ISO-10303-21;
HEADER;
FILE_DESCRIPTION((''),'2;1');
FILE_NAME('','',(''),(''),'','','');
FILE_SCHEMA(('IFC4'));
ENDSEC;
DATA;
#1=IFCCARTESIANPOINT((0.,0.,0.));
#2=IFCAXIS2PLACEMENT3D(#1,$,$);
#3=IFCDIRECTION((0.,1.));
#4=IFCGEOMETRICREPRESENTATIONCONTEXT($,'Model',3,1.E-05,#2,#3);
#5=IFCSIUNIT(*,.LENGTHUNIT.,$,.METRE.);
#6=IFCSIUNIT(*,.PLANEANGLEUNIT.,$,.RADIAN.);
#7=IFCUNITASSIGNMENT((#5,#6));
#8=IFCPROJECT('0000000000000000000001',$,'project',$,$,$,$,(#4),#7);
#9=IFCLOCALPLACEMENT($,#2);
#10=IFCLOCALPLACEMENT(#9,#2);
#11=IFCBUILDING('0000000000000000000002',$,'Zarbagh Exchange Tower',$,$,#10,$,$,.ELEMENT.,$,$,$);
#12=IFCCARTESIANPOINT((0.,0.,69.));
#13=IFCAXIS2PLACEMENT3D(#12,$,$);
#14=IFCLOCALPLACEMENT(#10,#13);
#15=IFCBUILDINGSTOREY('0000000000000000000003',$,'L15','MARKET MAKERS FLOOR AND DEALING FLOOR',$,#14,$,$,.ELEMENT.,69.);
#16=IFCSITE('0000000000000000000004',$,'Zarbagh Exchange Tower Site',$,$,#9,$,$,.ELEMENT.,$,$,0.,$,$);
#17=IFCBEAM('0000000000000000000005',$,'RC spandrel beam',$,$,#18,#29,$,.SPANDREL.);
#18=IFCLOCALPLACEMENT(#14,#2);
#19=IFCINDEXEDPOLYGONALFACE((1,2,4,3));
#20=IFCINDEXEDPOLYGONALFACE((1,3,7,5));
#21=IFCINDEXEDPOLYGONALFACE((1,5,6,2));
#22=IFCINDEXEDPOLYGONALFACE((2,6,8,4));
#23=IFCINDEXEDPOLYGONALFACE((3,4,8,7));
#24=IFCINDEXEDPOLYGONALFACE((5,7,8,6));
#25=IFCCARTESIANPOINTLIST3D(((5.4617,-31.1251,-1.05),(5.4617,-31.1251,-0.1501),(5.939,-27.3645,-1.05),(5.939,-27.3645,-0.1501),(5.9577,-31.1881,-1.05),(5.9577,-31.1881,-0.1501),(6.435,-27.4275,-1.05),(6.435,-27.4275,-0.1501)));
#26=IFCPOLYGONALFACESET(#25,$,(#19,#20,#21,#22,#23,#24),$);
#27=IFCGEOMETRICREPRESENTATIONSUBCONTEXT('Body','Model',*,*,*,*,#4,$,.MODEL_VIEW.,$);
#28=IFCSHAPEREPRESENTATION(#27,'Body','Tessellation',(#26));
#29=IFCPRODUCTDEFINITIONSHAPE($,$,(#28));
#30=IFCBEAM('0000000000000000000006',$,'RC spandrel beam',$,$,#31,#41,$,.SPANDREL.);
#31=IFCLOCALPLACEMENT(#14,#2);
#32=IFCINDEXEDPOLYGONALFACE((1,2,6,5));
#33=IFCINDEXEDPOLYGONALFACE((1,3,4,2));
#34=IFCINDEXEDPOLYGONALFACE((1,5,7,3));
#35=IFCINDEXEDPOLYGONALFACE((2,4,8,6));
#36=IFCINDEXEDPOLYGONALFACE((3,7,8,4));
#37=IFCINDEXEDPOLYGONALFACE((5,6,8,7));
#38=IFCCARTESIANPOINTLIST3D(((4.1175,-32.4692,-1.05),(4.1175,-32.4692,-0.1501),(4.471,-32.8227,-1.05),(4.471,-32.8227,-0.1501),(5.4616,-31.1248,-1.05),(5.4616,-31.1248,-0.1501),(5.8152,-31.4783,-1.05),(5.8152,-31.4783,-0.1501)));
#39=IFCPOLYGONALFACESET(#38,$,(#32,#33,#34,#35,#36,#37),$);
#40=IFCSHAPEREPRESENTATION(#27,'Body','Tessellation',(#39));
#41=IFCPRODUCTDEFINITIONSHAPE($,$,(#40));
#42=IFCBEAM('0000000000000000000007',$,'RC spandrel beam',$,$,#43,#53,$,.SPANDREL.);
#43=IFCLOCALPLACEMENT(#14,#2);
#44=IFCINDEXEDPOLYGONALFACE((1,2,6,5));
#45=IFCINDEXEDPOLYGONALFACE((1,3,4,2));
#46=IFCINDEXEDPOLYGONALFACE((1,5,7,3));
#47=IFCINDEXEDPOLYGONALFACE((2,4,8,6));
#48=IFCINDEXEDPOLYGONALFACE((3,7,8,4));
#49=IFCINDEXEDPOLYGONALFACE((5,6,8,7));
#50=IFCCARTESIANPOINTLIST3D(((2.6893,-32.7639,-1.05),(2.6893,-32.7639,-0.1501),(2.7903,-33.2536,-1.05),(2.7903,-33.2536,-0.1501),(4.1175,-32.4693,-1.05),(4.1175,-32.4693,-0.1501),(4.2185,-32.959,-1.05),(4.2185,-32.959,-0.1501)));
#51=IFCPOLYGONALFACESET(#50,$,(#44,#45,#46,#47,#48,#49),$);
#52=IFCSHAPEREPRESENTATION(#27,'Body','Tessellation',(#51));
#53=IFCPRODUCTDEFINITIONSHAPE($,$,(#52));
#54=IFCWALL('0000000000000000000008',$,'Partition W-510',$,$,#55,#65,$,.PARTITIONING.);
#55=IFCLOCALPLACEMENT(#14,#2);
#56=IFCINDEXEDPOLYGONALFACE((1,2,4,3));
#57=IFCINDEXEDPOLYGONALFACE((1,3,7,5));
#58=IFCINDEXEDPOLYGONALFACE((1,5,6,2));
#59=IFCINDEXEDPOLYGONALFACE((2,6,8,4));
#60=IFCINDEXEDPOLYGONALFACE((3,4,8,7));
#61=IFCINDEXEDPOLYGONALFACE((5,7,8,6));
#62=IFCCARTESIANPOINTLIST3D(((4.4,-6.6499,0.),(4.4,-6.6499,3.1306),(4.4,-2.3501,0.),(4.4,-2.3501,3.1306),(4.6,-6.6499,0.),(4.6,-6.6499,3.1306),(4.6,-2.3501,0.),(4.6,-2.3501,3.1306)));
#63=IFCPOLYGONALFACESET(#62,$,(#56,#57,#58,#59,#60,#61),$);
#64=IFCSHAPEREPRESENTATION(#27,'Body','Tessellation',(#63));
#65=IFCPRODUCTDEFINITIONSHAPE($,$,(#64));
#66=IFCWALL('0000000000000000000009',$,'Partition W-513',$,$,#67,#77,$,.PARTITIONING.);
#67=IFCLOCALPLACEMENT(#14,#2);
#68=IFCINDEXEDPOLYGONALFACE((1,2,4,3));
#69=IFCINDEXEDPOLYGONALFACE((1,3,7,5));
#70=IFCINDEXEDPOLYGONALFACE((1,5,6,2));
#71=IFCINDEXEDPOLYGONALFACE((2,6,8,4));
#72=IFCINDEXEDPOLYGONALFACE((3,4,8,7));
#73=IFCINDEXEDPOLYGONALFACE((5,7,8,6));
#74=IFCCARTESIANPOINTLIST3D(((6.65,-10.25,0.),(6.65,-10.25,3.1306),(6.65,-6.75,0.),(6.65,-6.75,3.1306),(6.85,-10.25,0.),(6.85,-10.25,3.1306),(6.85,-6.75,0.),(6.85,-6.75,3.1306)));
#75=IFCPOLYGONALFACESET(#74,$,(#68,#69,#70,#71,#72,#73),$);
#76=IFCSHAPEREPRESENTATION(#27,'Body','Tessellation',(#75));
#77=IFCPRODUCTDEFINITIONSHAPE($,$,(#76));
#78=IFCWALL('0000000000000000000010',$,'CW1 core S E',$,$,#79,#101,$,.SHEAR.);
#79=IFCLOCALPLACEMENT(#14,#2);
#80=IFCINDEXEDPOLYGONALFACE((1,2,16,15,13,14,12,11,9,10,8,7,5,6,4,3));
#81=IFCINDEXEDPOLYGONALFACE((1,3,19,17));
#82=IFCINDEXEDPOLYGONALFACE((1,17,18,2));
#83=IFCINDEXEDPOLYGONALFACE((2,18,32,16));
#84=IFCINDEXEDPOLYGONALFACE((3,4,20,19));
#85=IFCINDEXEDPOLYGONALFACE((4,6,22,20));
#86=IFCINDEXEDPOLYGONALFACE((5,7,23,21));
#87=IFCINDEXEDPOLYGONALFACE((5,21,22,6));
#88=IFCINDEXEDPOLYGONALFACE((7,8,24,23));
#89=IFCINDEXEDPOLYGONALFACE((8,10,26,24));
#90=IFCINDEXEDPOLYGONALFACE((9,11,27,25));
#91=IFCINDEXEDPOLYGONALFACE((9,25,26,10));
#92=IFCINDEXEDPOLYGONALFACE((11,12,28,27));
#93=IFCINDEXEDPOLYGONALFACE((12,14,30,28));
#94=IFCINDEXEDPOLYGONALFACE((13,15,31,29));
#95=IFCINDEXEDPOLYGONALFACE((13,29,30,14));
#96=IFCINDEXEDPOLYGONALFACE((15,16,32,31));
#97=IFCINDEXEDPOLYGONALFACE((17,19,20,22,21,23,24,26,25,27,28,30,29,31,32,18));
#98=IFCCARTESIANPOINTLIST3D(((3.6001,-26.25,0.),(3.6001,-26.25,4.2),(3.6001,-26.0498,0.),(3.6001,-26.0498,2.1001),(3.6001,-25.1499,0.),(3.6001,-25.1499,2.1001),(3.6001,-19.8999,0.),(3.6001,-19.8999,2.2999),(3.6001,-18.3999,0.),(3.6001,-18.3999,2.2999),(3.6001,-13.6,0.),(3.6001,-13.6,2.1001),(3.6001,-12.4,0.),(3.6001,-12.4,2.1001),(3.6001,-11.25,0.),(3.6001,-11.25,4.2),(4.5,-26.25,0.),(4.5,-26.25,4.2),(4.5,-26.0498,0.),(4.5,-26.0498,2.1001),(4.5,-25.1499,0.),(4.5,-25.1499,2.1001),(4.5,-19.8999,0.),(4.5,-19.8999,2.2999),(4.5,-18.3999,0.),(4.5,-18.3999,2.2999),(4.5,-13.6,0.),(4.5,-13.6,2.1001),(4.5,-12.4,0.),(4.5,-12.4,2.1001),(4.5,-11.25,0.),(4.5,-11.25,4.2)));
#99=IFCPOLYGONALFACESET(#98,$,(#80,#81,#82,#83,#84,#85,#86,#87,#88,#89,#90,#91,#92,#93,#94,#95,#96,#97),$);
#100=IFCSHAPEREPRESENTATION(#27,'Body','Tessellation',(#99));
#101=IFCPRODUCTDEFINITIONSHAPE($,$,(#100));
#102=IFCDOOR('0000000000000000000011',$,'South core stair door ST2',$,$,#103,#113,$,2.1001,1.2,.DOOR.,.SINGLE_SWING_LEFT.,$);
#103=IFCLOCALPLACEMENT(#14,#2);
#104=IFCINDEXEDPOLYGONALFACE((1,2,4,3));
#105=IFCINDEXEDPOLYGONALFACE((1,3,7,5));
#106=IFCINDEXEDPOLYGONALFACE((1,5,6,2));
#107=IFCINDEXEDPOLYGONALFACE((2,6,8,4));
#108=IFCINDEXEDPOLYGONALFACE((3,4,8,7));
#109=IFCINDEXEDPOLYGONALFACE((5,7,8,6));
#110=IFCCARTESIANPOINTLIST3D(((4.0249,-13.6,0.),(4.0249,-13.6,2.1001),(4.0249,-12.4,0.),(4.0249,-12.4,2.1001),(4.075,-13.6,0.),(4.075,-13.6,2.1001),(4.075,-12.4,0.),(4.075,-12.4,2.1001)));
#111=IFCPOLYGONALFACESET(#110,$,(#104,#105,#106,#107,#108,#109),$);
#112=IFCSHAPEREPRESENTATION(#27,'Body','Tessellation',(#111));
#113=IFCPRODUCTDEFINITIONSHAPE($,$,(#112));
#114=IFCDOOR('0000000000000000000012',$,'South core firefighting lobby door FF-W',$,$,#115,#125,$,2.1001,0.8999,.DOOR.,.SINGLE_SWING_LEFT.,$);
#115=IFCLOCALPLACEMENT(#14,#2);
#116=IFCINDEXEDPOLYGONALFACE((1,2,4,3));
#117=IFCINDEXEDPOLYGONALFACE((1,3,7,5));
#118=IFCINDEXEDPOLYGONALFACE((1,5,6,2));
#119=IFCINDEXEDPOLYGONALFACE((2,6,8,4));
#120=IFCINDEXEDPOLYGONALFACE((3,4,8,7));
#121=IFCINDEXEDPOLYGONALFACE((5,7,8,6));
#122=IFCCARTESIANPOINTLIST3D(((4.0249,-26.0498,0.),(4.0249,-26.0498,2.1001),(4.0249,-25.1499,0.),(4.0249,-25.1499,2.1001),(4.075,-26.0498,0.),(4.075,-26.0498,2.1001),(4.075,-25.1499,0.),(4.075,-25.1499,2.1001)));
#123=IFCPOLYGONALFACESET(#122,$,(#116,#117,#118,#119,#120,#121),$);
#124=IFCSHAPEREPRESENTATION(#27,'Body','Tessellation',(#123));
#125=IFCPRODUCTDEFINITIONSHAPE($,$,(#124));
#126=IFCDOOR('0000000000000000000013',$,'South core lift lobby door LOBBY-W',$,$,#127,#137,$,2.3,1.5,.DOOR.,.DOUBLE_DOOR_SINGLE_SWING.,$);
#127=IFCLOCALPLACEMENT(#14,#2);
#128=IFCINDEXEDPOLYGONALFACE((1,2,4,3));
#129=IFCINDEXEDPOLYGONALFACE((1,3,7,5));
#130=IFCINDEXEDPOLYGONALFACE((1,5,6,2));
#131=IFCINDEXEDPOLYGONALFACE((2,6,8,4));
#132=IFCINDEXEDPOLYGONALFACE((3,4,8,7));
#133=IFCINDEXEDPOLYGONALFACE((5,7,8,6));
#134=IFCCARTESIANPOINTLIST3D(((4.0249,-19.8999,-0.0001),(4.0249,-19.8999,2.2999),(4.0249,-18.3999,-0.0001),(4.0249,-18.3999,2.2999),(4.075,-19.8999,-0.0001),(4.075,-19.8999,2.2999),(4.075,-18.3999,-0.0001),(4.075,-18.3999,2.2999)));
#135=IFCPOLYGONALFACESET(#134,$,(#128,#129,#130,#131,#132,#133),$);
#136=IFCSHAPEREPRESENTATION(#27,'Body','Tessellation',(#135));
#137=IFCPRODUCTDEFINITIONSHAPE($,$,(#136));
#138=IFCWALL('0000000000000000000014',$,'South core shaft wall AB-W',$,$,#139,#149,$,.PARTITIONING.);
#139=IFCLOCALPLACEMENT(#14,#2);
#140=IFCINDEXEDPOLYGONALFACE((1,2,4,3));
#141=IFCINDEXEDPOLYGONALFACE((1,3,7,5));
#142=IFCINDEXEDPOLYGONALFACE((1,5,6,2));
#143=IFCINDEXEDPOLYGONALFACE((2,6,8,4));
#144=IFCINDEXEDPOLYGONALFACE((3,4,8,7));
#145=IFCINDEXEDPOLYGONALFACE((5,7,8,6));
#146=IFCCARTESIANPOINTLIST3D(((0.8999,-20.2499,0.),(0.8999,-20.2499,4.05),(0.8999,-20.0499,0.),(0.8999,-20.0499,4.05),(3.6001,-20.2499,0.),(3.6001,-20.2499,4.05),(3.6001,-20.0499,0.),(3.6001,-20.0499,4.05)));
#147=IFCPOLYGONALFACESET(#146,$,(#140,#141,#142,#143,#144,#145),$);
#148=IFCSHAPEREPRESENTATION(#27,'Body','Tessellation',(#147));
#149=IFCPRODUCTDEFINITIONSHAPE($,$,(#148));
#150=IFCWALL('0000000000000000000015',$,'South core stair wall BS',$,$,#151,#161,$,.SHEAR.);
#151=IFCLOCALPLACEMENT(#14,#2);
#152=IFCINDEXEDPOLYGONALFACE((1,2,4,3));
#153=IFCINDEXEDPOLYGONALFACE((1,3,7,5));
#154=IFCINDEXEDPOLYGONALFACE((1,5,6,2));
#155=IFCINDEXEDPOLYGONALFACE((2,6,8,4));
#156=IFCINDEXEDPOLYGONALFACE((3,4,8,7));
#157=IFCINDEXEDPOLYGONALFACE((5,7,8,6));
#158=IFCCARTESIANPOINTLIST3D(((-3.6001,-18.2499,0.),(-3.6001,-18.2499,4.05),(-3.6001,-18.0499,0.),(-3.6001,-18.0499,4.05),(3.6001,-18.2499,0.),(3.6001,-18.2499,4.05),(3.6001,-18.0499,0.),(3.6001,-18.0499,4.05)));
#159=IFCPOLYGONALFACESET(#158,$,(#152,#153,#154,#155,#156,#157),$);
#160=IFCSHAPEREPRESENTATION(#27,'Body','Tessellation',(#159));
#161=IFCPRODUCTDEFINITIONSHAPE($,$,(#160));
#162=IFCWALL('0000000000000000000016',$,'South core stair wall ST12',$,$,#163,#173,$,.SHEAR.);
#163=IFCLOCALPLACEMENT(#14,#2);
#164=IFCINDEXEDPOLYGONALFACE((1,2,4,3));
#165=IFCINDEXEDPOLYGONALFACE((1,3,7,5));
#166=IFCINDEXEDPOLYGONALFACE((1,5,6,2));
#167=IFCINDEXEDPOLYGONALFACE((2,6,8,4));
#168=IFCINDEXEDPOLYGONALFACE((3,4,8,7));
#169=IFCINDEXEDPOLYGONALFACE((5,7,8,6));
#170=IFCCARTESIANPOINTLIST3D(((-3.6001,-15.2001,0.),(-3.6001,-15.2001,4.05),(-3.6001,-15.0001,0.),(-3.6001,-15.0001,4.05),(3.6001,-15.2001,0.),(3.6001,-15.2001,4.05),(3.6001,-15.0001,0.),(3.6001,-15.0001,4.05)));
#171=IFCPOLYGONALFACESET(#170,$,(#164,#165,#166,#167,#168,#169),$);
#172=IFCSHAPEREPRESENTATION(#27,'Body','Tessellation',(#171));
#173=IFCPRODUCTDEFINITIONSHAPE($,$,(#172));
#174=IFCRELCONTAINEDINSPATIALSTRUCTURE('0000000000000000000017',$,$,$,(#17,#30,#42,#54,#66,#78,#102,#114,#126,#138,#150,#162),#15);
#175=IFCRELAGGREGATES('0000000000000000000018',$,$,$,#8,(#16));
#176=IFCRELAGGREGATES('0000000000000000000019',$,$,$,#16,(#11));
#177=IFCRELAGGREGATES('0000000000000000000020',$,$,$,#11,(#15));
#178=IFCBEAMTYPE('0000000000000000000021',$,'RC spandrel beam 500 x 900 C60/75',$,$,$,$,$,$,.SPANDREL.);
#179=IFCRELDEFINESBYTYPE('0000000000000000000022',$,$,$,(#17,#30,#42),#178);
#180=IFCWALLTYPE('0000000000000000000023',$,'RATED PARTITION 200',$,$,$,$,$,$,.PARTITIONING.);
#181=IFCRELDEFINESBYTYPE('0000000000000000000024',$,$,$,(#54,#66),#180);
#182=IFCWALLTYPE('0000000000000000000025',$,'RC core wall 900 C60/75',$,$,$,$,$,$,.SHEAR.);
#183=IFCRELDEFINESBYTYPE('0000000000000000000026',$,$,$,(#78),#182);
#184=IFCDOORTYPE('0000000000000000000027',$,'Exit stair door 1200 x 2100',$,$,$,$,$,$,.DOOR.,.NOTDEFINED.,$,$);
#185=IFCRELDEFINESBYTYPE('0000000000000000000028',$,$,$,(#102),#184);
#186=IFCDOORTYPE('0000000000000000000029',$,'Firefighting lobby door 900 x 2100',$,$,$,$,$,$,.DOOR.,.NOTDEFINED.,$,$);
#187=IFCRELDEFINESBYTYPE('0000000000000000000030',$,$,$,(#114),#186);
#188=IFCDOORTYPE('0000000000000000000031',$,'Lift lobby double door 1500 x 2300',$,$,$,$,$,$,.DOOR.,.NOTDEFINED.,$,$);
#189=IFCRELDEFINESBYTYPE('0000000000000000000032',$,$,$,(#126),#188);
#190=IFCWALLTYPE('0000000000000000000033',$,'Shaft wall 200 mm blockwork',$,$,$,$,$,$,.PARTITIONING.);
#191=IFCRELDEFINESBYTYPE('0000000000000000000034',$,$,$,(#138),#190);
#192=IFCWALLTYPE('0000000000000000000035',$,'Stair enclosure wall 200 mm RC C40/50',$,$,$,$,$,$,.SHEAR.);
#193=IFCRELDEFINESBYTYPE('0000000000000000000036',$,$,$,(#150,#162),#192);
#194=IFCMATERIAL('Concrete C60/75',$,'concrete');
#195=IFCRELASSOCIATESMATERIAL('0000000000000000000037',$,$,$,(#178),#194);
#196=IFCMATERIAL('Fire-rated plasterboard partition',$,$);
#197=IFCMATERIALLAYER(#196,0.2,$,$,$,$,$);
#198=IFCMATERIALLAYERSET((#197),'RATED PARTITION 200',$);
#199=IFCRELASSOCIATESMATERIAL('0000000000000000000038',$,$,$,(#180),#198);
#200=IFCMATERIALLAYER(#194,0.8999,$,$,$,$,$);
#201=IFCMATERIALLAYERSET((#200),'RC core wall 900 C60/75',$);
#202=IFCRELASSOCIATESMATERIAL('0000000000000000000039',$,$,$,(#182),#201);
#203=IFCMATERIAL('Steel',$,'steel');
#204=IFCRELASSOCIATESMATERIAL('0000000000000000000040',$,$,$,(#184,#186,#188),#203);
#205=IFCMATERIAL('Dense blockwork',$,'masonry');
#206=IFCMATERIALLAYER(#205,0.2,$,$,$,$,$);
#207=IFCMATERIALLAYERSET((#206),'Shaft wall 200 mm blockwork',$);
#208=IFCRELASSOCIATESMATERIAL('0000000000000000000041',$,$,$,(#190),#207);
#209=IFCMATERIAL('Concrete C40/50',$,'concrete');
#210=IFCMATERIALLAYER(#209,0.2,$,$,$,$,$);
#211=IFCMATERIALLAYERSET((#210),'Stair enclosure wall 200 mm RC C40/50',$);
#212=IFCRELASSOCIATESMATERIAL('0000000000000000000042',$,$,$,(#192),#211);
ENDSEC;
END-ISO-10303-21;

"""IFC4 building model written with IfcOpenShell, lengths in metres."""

from ifc_helpers import new_model, si_unit, direction, frame, frame_2d, origin, origin_2d, place, context, subcontext, project, spatial, rectangle, extrude, material, layer, layer_set, material_profile, profile_set, type_object, element, fill, save


model = new_model("IFC4")

# Units and contexts
model_context = context("Model", 3, precision=1e-05, world=origin(), true_north=direction((0.0, 1.0)))
body_context = subcontext(model_context, "Body", "Model", "MODEL_VIEW")
ifc_project = project(units=[si_unit("LENGTHUNIT", "METRE"), si_unit("PLANEANGLEUNIT", "RADIAN")], contexts=[model_context])

# Site, building, storey
site_placement = place(None, origin())
site = spatial("IfcSite", under=ifc_project, at=site_placement, Name="Zarbagh Exchange Tower Site", CompositionType="ELEMENT", RefElevation=0.0)
building_placement = place(site_placement, origin())
building = spatial("IfcBuilding", under=site, at=building_placement, Name="Zarbagh Exchange Tower", CompositionType="ELEMENT")
storey_placement = place(building_placement, frame((0.0, 0.0, 69.0)))
storey = spatial("IfcBuildingStorey", under=building, at=storey_placement, Name="L15", Description="MARKET MAKERS FLOOR AND DEALING FLOOR", CompositionType="ELEMENT", Elevation=69.0)

# Shared definitions
ifc_material_1 = material(Name="Concrete C60/75", Category="concrete")

# Beams
ifc_material_profile_1 = material_profile(ifc_material_1, rectangle(XDim=0.5, YDim=0.8999, at=origin_2d()), Name="RC spandrel beam 500 x 900 C60/75")
ifc_profile_set_1 = profile_set([ifc_material_profile_1], Name="Concrete C60/75")
beam_type_1 = type_object("IfcBeamType", Name="RC spandrel beam 500 x 900 C60/75", PredefinedType="SPANDREL", material=ifc_profile_set_1)
beam_1_placement = place(storey_placement, frame((6.187, -27.396, -0.6001), z_axis=(-0.125913, -0.992041, 0.0), x_axis=(0.992041, -0.125913, 0.0)))
element("IfcBeam", 1, at=beam_1_placement, inside=storey, type_object=beam_type_1, Name="RC spandrel beam", PredefinedType="SPANDREL", context=body_context, shape_type="SweptSolid", body=[
    extrude(rectangle(XDim=0.5, YDim=0.8999, at=origin_2d()), origin(), (0.0, 0.0, 1.0), 3.7908),
])
beam_2_placement = place(storey_placement, frame((5.6384, -31.3015, -0.6001), z_axis=(-0.707043, -0.707171, 0.0), x_axis=(0.707171, -0.707043, 0.0)))
element("IfcBeam", 2, at=beam_2_placement, inside=storey, type_object=beam_type_1, Name="RC spandrel beam", PredefinedType="SPANDREL", context=body_context, shape_type="SweptSolid", body=[
    extrude(rectangle(XDim=0.5, YDim=0.8999, at=origin_2d()), origin(), (0.0, 0.0, 1.0), 1.9011),
])
beam_3_placement = place(storey_placement, frame((4.168, -32.7141, -0.6001), z_axis=(-0.979371, -0.202069, 0.0), x_axis=(0.202069, -0.979371, 0.0)))
element("IfcBeam", 3, at=beam_3_placement, inside=storey, type_object=beam_type_1, Name="RC spandrel beam", PredefinedType="SPANDREL", context=body_context, shape_type="SweptSolid", body=[
    extrude(rectangle(XDim=0.5, YDim=0.8999, at=origin_2d()), origin(), (0.0, 0.0, 1.0), 1.4583),
])

# Walls
ifc_material_2 = material(Name="Fire-rated plasterboard partition")
ifc_layer_1 = layer(ifc_material_2, 0.2)
ifc_layer_set_1 = layer_set([ifc_layer_1], Name="RATED PARTITION 200")
wall_type_1 = type_object("IfcWallType", Name="RATED PARTITION 200", PredefinedType="PARTITIONING", material=ifc_layer_set_1)
wall_1_placement = place(storey_placement, frame((4.5, -6.6499, 0.0), z_axis=(0.0, 0.0, 1.0), x_axis=(0.0, 1.0, 0.0)))
element("IfcWall", 4, at=wall_1_placement, inside=storey, type_object=wall_type_1, Name="Partition W-510", PredefinedType="PARTITIONING", context=body_context, shape_type="SweptSolid", body=[
    extrude(rectangle(XDim=4.2998, YDim=0.2, at=frame_2d((2.1499, 0.0))), origin(), (0.0, 0.0, 1.0), 3.1306),
])
wall_2_placement = place(storey_placement, frame((6.75, -10.25, 0.0), z_axis=(0.0, 0.0, 1.0), x_axis=(0.0, 1.0, 0.0)))
element("IfcWall", 5, at=wall_2_placement, inside=storey, type_object=wall_type_1, Name="Partition W-513", PredefinedType="PARTITIONING", context=body_context, shape_type="SweptSolid", body=[
    extrude(rectangle(XDim=3.5, YDim=0.2, at=frame_2d((1.75, 0.0))), origin(), (0.0, 0.0, 1.0), 3.1306),
])

# Wall, openings, doors
ifc_layer_2 = layer(ifc_material_1, 0.8999)
ifc_layer_set_2 = layer_set([ifc_layer_2], Name="RC core wall 900 C60/75")
wall_type_2 = type_object("IfcWallType", Name="RC core wall 900 C60/75", PredefinedType="SHEAR", material=ifc_layer_set_2)
wall_3_placement = place(storey_placement, frame((4.05, -11.25, 0.0), z_axis=(0.0, 0.0, 1.0), x_axis=(0.0, -1.0, 0.0)))
wall_3 = element("IfcWall", 6, at=wall_3_placement, inside=storey, type_object=wall_type_2, Name="CW1 core S E", PredefinedType="SHEAR", context=body_context, shape_type="SweptSolid", body=[
    extrude(rectangle(XDim=15.0, YDim=0.8999, at=frame_2d((7.5, 0.0))), origin(), (0.0, 0.0, 1.0), 4.2),
])
opening_1_placement = place(wall_3_placement, frame((7.1499, 0.0, 0.0)))
opening_1 = element("IfcOpeningElement", 7, at=opening_1_placement, cuts=wall_3, PredefinedType="OPENING", context=body_context, shape_type="SweptSolid", body=[
    extrude(rectangle(XDim=1.5, YDim=2.3, at=frame_2d((0.75, 1.1499))), frame((0.0, 0.46, 0.0), z_axis=(0.0, -1.0, 0.0), x_axis=(1.0, 0.0, 0.0)), (0.0, 0.0, 1.0), 0.9199),
])
opening_2_placement = place(wall_3_placement, frame((13.8999, 0.0, 0.0)))
opening_2 = element("IfcOpeningElement", 8, at=opening_2_placement, cuts=wall_3, PredefinedType="OPENING", context=body_context, shape_type="SweptSolid", body=[
    extrude(rectangle(XDim=0.8999, YDim=2.1001, at=frame_2d((0.45, 1.05))), frame((0.0, 0.46, 0.0), z_axis=(0.0, -1.0, 0.0), x_axis=(1.0, 0.0, 0.0)), (0.0, 0.0, 1.0), 0.9199),
])
opening_3_placement = place(wall_3_placement, frame((1.1499, 0.0, 0.0)))
opening_3 = element("IfcOpeningElement", 9, at=opening_3_placement, cuts=wall_3, PredefinedType="OPENING", context=body_context, shape_type="SweptSolid", body=[
    extrude(rectangle(XDim=1.2, YDim=2.1001, at=frame_2d((0.6001, 1.05))), frame((0.0, 0.46, 0.0), z_axis=(0.0, -1.0, 0.0), x_axis=(1.0, 0.0, 0.0)), (0.0, 0.0, 1.0), 0.9199),
])
ifc_material_3 = material(Name="Steel", Category="steel")
door_type_1 = type_object("IfcDoorType", Name="Exit stair door 1200 x 2100", OperationType="NOTDEFINED", PredefinedType="DOOR", material=ifc_material_3)
door_1_placement = place(opening_3_placement, origin())
door_1 = element("IfcDoor", 10, at=door_1_placement, inside=storey, type_object=door_type_1, Name="South core stair door ST2", OperationType="SINGLE_SWING_LEFT", OverallHeight=2.1001, OverallWidth=1.2, PredefinedType="DOOR", context=body_context, shape_type="SweptSolid", body=[
    extrude(rectangle(XDim=1.2, YDim=2.1001, at=frame_2d((0.6001, 1.05))), frame((0.0, 0.0249, 0.0), z_axis=(0.0, -1.0, 0.0), x_axis=(1.0, 0.0, 0.0)), (0.0, 0.0, 1.0), 0.05),
])
fill(opening_3, door_1)
door_type_2 = type_object("IfcDoorType", Name="Firefighting lobby door 900 x 2100", OperationType="NOTDEFINED", PredefinedType="DOOR", material=ifc_material_3)
door_2_placement = place(opening_2_placement, origin())
door_2 = element("IfcDoor", 11, at=door_2_placement, inside=storey, type_object=door_type_2, Name="South core firefighting lobby door FF-W", OperationType="SINGLE_SWING_LEFT", OverallHeight=2.1001, OverallWidth=0.8999, PredefinedType="DOOR", context=body_context, shape_type="SweptSolid", body=[
    extrude(rectangle(XDim=0.8999, YDim=2.1001, at=frame_2d((0.45, 1.05))), frame((0.0, 0.0249, 0.0), z_axis=(0.0, -1.0, 0.0), x_axis=(1.0, 0.0, 0.0)), (0.0, 0.0, 1.0), 0.05),
])
fill(opening_2, door_2)
door_type_3 = type_object("IfcDoorType", Name="Lift lobby double door 1500 x 2300", OperationType="NOTDEFINED", PredefinedType="DOOR", material=ifc_material_3)
door_3_placement = place(opening_1_placement, origin())
door_3 = element("IfcDoor", 12, at=door_3_placement, inside=storey, type_object=door_type_3, Name="South core lift lobby door LOBBY-W", OperationType="DOUBLE_DOOR_SINGLE_SWING", OverallHeight=2.3, OverallWidth=1.5, PredefinedType="DOOR", context=body_context, shape_type="SweptSolid", body=[
    extrude(rectangle(XDim=1.5, YDim=2.3, at=frame_2d((0.75, 1.1499))), frame((0.0, 0.0249, 0.0), z_axis=(0.0, -1.0, 0.0), x_axis=(1.0, 0.0, 0.0)), (0.0, 0.0, 1.0), 0.05),
])
fill(opening_1, door_3)

# Walls
ifc_material_4 = material(Name="Dense blockwork", Category="masonry")
ifc_layer_3 = layer(ifc_material_4, 0.2)
ifc_layer_set_3 = layer_set([ifc_layer_3], Name="Shaft wall 200 mm blockwork")
wall_type_3 = type_object("IfcWallType", Name="Shaft wall 200 mm blockwork", PredefinedType="PARTITIONING", material=ifc_layer_set_3)
wall_4_placement = place(storey_placement, frame((3.6001, -20.1499, 0.0), z_axis=(0.0, 0.0, 1.0), x_axis=(-1.0, 0.0, 0.0)))
element("IfcWall", 13, at=wall_4_placement, inside=storey, type_object=wall_type_3, Name="South core shaft wall AB-W", PredefinedType="PARTITIONING", context=body_context, shape_type="SweptSolid", body=[
    extrude(rectangle(XDim=2.7002, YDim=0.2, at=frame_2d((1.3501, 0.0))), origin(), (0.0, 0.0, 1.0), 4.05),
])
ifc_material_5 = material(Name="Concrete C40/50", Category="concrete")
ifc_layer_4 = layer(ifc_material_5, 0.2)
ifc_layer_set_4 = layer_set([ifc_layer_4], Name="Stair enclosure wall 200 mm RC C40/50")
wall_type_4 = type_object("IfcWallType", Name="Stair enclosure wall 200 mm RC C40/50", PredefinedType="SHEAR", material=ifc_layer_set_4)
for number, where, z_axis, x_axis, name in (
    (14, (3.6001, -18.1499, 0.0), (0.0, 0.0, 1.0), (-1.0, 0.0, 0.0), "South core stair wall BS"),
    (15, (3.6001, -15.1001, 0.0), (0.0, 0.0, 1.0), (-1.0, 0.0, 0.0), "South core stair wall ST12"),
):
    element("IfcWall", number, at=place(storey_placement, frame(where, z_axis=z_axis, x_axis=x_axis)), inside=storey, type_object=wall_type_4, Name=name, PredefinedType="SHEAR", context=body_context, shape_type="SweptSolid", body=[
        extrude(rectangle(XDim=7.2002, YDim=0.2, at=frame_2d((3.6001, 0.0))), origin(), (0.0, 0.0, 1.0), 4.05),
    ])

save(model, "model.ifc")
